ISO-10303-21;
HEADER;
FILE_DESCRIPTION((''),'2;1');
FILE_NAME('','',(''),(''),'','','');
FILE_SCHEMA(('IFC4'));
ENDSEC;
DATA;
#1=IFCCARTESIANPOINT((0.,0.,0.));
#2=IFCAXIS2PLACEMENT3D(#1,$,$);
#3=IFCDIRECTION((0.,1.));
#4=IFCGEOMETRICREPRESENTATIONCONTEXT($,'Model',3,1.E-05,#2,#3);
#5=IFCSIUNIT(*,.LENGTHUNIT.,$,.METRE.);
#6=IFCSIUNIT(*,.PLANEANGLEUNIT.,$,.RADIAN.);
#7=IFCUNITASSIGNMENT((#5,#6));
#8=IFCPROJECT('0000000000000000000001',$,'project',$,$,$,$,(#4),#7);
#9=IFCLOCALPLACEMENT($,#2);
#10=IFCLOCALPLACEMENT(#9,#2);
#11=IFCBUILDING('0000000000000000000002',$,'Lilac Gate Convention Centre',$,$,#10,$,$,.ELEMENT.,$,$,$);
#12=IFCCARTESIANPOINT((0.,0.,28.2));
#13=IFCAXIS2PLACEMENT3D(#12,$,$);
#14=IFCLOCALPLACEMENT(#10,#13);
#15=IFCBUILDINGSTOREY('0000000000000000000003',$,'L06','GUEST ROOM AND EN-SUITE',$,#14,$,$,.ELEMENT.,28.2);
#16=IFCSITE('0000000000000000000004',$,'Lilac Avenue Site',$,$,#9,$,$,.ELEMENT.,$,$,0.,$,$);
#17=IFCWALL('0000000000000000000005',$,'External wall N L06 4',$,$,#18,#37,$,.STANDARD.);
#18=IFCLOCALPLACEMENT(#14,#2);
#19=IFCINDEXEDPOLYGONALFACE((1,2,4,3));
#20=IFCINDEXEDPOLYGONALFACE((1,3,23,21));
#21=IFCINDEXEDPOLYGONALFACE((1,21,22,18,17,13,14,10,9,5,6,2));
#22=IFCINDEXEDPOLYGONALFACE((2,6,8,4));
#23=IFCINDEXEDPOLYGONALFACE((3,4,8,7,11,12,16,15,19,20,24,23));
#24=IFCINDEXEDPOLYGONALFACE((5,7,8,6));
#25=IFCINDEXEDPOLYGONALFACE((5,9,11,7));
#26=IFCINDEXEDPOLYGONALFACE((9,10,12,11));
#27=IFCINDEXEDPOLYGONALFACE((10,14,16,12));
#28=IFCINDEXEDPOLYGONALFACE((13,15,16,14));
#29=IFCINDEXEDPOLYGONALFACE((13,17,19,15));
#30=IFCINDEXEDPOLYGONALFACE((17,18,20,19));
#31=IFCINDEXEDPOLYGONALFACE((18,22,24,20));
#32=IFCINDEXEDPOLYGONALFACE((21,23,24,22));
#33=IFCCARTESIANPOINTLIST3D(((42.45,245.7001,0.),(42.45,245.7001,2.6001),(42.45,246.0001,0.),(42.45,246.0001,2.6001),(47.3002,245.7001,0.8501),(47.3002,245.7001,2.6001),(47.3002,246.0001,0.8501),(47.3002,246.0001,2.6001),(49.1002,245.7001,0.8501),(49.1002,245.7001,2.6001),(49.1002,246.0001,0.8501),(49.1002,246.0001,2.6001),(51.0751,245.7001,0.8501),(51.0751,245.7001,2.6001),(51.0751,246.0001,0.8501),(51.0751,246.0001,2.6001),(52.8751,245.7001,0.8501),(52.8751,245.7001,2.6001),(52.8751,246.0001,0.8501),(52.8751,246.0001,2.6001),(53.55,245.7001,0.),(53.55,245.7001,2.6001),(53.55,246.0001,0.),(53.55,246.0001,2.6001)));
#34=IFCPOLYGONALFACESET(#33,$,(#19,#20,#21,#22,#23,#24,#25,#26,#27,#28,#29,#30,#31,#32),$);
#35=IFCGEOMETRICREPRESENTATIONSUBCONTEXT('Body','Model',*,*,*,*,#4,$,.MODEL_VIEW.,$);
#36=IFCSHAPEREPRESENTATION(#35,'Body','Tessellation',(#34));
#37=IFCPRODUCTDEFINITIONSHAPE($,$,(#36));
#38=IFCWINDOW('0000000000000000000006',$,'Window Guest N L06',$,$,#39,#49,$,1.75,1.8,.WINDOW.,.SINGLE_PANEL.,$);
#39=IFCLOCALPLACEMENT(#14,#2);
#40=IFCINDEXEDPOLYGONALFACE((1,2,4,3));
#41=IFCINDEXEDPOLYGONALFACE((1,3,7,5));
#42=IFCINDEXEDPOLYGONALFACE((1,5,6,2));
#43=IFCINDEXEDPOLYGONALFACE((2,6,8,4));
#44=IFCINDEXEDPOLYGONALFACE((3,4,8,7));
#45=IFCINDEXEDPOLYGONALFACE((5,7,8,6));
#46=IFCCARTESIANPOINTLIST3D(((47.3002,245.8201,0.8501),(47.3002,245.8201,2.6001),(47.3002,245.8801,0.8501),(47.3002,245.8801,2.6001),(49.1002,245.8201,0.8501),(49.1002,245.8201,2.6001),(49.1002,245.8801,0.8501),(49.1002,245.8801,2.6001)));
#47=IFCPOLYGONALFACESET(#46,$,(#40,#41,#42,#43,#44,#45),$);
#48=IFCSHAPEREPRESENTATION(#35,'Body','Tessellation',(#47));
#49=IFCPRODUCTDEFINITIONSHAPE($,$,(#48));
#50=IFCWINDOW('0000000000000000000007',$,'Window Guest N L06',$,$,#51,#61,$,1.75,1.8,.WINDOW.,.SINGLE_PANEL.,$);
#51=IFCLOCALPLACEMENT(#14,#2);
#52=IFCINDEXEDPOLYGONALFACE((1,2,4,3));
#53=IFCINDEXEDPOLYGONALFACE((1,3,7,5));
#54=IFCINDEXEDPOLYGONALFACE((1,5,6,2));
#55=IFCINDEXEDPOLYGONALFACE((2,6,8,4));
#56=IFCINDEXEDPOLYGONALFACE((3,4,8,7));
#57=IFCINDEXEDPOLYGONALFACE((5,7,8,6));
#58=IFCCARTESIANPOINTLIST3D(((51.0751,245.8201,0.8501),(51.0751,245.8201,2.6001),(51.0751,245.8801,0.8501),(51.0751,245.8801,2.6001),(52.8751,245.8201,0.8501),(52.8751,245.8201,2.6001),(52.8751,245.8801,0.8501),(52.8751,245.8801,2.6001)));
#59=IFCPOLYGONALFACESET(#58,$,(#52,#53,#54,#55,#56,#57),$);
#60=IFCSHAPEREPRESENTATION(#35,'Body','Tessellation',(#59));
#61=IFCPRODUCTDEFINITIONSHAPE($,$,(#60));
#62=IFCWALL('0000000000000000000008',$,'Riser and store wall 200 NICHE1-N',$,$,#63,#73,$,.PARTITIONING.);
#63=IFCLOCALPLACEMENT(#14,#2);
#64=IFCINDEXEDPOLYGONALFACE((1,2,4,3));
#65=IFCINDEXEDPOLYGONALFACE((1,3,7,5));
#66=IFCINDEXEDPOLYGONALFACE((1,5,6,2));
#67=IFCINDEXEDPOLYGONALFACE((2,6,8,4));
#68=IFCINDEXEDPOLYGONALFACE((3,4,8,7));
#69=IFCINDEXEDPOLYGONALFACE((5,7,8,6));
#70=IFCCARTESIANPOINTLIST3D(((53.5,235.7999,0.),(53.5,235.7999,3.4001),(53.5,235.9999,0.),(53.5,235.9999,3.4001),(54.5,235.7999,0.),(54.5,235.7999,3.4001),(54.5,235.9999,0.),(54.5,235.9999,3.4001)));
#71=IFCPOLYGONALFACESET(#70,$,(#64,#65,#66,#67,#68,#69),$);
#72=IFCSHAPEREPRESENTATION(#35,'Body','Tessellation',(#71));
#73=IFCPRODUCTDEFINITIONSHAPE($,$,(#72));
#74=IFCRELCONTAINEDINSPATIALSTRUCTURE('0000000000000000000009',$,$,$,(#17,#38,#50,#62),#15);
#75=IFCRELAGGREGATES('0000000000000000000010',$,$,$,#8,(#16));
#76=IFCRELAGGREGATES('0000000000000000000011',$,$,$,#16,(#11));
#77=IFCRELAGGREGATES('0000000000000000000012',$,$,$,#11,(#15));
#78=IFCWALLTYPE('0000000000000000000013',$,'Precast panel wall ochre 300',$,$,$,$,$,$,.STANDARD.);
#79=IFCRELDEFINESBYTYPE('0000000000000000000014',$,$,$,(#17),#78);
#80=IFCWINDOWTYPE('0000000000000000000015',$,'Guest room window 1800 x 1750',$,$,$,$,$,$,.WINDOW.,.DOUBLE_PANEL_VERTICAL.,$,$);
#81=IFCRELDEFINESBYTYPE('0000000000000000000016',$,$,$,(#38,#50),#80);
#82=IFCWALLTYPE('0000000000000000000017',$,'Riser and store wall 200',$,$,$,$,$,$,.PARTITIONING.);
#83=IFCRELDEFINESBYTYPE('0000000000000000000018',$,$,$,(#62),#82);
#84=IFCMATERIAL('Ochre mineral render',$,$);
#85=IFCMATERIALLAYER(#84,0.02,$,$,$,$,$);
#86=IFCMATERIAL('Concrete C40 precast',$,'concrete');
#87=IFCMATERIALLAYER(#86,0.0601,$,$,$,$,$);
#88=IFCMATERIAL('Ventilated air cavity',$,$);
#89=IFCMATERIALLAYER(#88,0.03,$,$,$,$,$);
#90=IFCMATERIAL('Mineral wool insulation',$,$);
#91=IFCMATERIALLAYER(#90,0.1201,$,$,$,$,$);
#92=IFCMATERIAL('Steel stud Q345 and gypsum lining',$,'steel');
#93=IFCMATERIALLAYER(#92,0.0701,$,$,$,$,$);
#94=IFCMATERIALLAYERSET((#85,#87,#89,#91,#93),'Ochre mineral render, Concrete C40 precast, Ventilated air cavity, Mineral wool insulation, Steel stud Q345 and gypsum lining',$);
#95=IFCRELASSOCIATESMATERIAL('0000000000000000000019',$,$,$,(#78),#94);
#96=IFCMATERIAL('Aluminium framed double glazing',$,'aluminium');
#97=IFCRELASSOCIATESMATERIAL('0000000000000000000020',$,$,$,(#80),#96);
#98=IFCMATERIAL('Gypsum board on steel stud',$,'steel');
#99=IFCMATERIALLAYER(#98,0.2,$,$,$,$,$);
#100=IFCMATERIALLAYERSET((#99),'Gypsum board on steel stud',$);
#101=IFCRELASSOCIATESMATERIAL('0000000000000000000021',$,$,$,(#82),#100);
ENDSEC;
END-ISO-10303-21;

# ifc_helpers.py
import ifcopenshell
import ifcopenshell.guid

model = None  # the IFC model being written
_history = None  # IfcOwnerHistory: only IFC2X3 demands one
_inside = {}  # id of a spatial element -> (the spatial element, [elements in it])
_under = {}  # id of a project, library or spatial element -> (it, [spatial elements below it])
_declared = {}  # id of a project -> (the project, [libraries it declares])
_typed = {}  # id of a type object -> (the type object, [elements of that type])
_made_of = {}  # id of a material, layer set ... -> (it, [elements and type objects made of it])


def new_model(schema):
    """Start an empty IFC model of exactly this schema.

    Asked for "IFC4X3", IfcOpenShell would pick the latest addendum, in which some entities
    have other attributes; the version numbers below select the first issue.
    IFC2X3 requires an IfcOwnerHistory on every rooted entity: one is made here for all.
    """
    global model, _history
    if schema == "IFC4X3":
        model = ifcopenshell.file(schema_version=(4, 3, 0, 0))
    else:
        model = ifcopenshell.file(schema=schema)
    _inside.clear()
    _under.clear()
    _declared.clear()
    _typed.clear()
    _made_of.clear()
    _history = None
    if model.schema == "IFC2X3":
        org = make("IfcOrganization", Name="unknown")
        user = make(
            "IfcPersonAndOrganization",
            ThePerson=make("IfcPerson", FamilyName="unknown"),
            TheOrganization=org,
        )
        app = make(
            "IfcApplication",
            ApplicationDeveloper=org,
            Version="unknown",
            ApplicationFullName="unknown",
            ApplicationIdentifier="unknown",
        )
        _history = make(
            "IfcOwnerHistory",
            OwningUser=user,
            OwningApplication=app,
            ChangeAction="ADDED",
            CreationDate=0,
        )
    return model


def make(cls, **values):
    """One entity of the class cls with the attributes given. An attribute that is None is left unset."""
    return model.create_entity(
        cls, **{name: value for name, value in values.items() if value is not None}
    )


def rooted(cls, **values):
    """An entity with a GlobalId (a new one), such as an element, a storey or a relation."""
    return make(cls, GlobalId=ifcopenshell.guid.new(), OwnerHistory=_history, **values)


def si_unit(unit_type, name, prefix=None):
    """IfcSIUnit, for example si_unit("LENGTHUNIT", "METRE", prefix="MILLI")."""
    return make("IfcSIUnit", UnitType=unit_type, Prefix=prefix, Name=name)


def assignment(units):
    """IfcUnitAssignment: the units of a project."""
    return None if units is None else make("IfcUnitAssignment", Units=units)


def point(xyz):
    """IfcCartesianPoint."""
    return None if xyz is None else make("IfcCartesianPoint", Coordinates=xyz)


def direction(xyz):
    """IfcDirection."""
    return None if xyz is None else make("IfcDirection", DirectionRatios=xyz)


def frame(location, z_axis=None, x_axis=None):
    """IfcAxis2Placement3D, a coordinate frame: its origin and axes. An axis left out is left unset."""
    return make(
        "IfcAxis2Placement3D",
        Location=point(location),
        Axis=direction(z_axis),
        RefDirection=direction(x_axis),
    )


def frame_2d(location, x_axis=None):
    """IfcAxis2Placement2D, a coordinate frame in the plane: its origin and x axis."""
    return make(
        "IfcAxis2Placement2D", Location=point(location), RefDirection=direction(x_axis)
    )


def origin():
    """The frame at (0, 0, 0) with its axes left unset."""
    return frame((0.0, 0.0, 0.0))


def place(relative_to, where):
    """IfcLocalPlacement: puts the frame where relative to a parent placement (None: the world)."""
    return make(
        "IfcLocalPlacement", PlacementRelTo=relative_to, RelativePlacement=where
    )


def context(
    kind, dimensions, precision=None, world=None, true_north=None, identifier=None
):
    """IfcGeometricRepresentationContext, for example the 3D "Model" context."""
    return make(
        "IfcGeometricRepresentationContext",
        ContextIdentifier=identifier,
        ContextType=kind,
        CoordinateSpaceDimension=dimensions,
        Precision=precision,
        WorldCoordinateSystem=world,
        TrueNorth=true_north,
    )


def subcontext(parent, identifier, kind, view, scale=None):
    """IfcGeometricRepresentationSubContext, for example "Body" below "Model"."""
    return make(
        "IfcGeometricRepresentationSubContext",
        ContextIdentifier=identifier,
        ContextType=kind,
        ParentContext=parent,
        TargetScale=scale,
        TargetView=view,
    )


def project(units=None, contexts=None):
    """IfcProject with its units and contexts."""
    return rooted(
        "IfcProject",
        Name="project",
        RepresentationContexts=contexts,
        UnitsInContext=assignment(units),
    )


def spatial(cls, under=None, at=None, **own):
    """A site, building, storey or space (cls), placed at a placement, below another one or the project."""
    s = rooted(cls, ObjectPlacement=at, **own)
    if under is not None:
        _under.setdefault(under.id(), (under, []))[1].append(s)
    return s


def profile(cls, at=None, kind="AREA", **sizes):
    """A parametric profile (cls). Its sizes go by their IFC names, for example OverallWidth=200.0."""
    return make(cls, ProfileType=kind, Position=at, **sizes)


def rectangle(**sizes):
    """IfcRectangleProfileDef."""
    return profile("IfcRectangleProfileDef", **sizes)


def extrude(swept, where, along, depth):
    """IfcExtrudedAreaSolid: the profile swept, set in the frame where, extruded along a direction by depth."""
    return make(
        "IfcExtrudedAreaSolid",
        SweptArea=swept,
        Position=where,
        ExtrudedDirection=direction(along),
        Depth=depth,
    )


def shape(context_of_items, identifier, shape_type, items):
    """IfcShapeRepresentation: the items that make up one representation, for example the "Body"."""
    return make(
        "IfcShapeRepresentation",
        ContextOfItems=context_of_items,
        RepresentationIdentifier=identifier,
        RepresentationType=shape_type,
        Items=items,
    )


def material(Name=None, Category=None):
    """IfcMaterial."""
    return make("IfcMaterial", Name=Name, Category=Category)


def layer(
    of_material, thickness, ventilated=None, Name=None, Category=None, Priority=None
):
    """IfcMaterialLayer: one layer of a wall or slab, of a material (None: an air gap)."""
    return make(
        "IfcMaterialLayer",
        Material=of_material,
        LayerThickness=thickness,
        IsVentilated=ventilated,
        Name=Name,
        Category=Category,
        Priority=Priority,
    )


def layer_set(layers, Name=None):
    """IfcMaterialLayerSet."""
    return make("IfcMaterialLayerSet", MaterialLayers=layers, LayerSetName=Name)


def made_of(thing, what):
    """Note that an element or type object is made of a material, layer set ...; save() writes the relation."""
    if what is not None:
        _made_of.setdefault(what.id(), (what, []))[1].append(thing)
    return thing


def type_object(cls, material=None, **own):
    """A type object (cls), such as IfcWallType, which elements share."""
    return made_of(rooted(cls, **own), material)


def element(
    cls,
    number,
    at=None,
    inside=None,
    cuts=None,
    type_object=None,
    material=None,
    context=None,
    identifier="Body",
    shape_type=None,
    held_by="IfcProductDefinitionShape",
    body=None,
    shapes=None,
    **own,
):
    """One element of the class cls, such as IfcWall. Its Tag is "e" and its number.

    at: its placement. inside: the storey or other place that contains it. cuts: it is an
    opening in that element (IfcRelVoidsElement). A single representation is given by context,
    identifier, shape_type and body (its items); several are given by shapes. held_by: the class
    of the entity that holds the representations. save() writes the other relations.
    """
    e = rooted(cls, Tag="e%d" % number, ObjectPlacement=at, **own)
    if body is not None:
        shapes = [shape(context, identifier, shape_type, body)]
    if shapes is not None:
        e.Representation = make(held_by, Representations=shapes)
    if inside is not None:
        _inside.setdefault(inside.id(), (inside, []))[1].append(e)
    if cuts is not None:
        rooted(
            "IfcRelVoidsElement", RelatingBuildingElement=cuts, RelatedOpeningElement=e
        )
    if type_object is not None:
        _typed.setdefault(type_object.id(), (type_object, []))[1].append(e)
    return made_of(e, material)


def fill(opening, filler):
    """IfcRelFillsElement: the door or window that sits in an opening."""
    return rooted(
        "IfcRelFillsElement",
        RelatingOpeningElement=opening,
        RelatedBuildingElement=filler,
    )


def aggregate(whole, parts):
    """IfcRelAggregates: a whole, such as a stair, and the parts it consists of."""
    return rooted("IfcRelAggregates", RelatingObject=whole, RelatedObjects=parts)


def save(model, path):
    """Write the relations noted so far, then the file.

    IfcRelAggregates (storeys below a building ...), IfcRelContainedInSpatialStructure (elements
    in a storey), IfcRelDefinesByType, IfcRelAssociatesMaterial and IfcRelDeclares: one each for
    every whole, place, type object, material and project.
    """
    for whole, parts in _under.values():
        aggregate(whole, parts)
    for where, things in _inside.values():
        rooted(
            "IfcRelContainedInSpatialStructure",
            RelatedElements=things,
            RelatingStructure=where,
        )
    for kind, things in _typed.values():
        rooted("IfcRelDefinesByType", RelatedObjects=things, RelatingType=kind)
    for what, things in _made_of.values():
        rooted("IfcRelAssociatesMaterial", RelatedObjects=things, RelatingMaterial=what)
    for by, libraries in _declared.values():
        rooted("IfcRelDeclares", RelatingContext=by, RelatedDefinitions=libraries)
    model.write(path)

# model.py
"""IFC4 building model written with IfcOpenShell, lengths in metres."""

from ifc_helpers import new_model, si_unit, direction, frame, frame_2d, origin, place, context, subcontext, project, spatial, rectangle, extrude, material, layer, layer_set, type_object, element, fill, save


model = new_model("IFC4")

# Units and contexts
model_context = context("Model", 3, precision=1e-05, world=origin(), true_north=direction((0.0, 1.0)))
body_context = subcontext(model_context, "Body", "Model", "MODEL_VIEW")
ifc_project = project(units=[si_unit("LENGTHUNIT", "METRE"), si_unit("PLANEANGLEUNIT", "RADIAN")], contexts=[model_context])

# Site, building, storey
site_placement = place(None, origin())
site = spatial("IfcSite", under=ifc_project, at=site_placement, Name="Lilac Avenue Site", CompositionType="ELEMENT", RefElevation=0.0)
building_placement = place(site_placement, origin())
building = spatial("IfcBuilding", under=site, at=building_placement, Name="Lilac Gate Convention Centre", CompositionType="ELEMENT")
storey_placement = place(building_placement, frame((0.0, 0.0, 28.2)))
storey = spatial("IfcBuildingStorey", under=building, at=storey_placement, Name="L06", Description="GUEST ROOM AND EN-SUITE", CompositionType="ELEMENT", Elevation=28.2)

# Shared definitions
ifc_material_1 = material(Name="Gypsum board on steel stud", Category="steel")

# Shared definitions
ifc_material_2 = material(Name="Concrete C40 precast", Category="concrete")
ifc_material_3 = material(Name="Ochre mineral render")

# Wall, openings, windows
ifc_layer_1 = layer(ifc_material_3, 0.02)
ifc_layer_2 = layer(ifc_material_2, 0.0601)
ifc_material_4 = material(Name="Ventilated air cavity")
ifc_layer_3 = layer(ifc_material_4, 0.03)
ifc_material_5 = material(Name="Mineral wool insulation")
ifc_layer_4 = layer(ifc_material_5, 0.1201)
ifc_material_6 = material(Name="Steel stud Q345 and gypsum lining", Category="steel")
ifc_layer_5 = layer(ifc_material_6, 0.0701)
ifc_layer_set_1 = layer_set([ifc_layer_1, ifc_layer_2, ifc_layer_3, ifc_layer_4, ifc_layer_5], Name="Ochre mineral render, Concrete C40 precast, Ventilated air cavity, Mineral wool insulation, Steel stud Q345 and gypsum lining")
wall_type_1 = type_object("IfcWallType", Name="Precast panel wall ochre 300", PredefinedType="STANDARD", material=ifc_layer_set_1)
wall_1_placement = place(storey_placement, frame((53.55, 245.8501, 0.0), z_axis=(0.0, 0.0, 1.0), x_axis=(-1.0, 0.0, 0.0)))
wall_1 = element("IfcWall", 1, at=wall_1_placement, inside=storey, type_object=wall_type_1, Name="External wall N L06 4", PredefinedType="STANDARD", context=body_context, shape_type="SweptSolid", body=[
    extrude(rectangle(XDim=11.1001, YDim=0.3, at=frame_2d((5.55, 0.0))), origin(), (0.0, 0.0, 1.0), 2.6001),
])
opening_1_placement = place(wall_1_placement, frame((4.45, 0.0, 0.8501)))
opening_1 = element("IfcOpeningElement", 2, at=opening_1_placement, cuts=wall_1, PredefinedType="OPENING", context=body_context, shape_type="SweptSolid", body=[
    extrude(rectangle(XDim=1.8, YDim=1.75, at=frame_2d((0.8999, 0.875))), frame((0.0, 0.1599, 0.0), z_axis=(0.0, -1.0, 0.0), x_axis=(1.0, 0.0, 0.0)), (0.0, 0.0, 1.0), 0.3201),
])
opening_2_placement = place(wall_1_placement, frame((0.675, 0.0, 0.8501)))
opening_2 = element("IfcOpeningElement", 3, at=opening_2_placement, cuts=wall_1, PredefinedType="OPENING", context=body_context, shape_type="SweptSolid", body=[
    extrude(rectangle(XDim=1.8, YDim=1.75, at=frame_2d((0.8999, 0.875))), frame((0.0, 0.1599, 0.0), z_axis=(0.0, -1.0, 0.0), x_axis=(1.0, 0.0, 0.0)), (0.0, 0.0, 1.0), 0.3201),
])
ifc_material_7 = material(Name="Aluminium framed double glazing", Category="aluminium")
window_type = type_object("IfcWindowType", Name="Guest room window 1800 x 1750", PartitioningType="DOUBLE_PANEL_VERTICAL", PredefinedType="WINDOW", material=ifc_material_7)
window_1_placement = place(opening_1_placement, origin())
window_1 = element("IfcWindow", 4, at=window_1_placement, inside=storey, type_object=window_type, Name="Window Guest N L06", OverallHeight=1.75, OverallWidth=1.8, PartitioningType="SINGLE_PANEL", PredefinedType="WINDOW", context=body_context, shape_type="SweptSolid", body=[
    extrude(rectangle(XDim=1.8, YDim=1.75, at=frame_2d((0.8999, 0.875))), frame((0.0, 0.03, 0.0), z_axis=(0.0, -1.0, 0.0), x_axis=(1.0, 0.0, 0.0)), (0.0, 0.0, 1.0), 0.0601),
])
fill(opening_1, window_1)
window_2_placement = place(opening_2_placement, origin())
window_2 = element("IfcWindow", 5, at=window_2_placement, inside=storey, type_object=window_type, Name="Window Guest N L06", OverallHeight=1.75, OverallWidth=1.8, PartitioningType="SINGLE_PANEL", PredefinedType="WINDOW", context=body_context, shape_type="SweptSolid", body=[
    extrude(rectangle(XDim=1.8, YDim=1.75, at=frame_2d((0.8999, 0.875))), frame((0.0, 0.03, 0.0), z_axis=(0.0, -1.0, 0.0), x_axis=(1.0, 0.0, 0.0)), (0.0, 0.0, 1.0), 0.0601),
])
fill(opening_2, window_2)

# Wall
ifc_layer_6 = layer(ifc_material_1, 0.2)
ifc_layer_set_2 = layer_set([ifc_layer_6], Name="Gypsum board on steel stud")
wall_type_2 = type_object("IfcWallType", Name="Riser and store wall 200", PredefinedType="PARTITIONING", material=ifc_layer_set_2)
wall_2_placement = place(storey_placement, frame((53.5, 235.8999, 0.0), z_axis=(0.0, 0.0, 1.0), x_axis=(1.0, 0.0, 0.0)))
element("IfcWall", 6, at=wall_2_placement, inside=storey, type_object=wall_type_2, Name="Riser and store wall 200 NICHE1-N", PredefinedType="PARTITIONING", context=body_context, shape_type="SweptSolid", body=[
    extrude(rectangle(XDim=1.0, YDim=0.2, at=frame_2d((0.5, 0.0))), origin(), (0.0, 0.0, 1.0), 3.4001),
])

save(model, "model.ifc")
